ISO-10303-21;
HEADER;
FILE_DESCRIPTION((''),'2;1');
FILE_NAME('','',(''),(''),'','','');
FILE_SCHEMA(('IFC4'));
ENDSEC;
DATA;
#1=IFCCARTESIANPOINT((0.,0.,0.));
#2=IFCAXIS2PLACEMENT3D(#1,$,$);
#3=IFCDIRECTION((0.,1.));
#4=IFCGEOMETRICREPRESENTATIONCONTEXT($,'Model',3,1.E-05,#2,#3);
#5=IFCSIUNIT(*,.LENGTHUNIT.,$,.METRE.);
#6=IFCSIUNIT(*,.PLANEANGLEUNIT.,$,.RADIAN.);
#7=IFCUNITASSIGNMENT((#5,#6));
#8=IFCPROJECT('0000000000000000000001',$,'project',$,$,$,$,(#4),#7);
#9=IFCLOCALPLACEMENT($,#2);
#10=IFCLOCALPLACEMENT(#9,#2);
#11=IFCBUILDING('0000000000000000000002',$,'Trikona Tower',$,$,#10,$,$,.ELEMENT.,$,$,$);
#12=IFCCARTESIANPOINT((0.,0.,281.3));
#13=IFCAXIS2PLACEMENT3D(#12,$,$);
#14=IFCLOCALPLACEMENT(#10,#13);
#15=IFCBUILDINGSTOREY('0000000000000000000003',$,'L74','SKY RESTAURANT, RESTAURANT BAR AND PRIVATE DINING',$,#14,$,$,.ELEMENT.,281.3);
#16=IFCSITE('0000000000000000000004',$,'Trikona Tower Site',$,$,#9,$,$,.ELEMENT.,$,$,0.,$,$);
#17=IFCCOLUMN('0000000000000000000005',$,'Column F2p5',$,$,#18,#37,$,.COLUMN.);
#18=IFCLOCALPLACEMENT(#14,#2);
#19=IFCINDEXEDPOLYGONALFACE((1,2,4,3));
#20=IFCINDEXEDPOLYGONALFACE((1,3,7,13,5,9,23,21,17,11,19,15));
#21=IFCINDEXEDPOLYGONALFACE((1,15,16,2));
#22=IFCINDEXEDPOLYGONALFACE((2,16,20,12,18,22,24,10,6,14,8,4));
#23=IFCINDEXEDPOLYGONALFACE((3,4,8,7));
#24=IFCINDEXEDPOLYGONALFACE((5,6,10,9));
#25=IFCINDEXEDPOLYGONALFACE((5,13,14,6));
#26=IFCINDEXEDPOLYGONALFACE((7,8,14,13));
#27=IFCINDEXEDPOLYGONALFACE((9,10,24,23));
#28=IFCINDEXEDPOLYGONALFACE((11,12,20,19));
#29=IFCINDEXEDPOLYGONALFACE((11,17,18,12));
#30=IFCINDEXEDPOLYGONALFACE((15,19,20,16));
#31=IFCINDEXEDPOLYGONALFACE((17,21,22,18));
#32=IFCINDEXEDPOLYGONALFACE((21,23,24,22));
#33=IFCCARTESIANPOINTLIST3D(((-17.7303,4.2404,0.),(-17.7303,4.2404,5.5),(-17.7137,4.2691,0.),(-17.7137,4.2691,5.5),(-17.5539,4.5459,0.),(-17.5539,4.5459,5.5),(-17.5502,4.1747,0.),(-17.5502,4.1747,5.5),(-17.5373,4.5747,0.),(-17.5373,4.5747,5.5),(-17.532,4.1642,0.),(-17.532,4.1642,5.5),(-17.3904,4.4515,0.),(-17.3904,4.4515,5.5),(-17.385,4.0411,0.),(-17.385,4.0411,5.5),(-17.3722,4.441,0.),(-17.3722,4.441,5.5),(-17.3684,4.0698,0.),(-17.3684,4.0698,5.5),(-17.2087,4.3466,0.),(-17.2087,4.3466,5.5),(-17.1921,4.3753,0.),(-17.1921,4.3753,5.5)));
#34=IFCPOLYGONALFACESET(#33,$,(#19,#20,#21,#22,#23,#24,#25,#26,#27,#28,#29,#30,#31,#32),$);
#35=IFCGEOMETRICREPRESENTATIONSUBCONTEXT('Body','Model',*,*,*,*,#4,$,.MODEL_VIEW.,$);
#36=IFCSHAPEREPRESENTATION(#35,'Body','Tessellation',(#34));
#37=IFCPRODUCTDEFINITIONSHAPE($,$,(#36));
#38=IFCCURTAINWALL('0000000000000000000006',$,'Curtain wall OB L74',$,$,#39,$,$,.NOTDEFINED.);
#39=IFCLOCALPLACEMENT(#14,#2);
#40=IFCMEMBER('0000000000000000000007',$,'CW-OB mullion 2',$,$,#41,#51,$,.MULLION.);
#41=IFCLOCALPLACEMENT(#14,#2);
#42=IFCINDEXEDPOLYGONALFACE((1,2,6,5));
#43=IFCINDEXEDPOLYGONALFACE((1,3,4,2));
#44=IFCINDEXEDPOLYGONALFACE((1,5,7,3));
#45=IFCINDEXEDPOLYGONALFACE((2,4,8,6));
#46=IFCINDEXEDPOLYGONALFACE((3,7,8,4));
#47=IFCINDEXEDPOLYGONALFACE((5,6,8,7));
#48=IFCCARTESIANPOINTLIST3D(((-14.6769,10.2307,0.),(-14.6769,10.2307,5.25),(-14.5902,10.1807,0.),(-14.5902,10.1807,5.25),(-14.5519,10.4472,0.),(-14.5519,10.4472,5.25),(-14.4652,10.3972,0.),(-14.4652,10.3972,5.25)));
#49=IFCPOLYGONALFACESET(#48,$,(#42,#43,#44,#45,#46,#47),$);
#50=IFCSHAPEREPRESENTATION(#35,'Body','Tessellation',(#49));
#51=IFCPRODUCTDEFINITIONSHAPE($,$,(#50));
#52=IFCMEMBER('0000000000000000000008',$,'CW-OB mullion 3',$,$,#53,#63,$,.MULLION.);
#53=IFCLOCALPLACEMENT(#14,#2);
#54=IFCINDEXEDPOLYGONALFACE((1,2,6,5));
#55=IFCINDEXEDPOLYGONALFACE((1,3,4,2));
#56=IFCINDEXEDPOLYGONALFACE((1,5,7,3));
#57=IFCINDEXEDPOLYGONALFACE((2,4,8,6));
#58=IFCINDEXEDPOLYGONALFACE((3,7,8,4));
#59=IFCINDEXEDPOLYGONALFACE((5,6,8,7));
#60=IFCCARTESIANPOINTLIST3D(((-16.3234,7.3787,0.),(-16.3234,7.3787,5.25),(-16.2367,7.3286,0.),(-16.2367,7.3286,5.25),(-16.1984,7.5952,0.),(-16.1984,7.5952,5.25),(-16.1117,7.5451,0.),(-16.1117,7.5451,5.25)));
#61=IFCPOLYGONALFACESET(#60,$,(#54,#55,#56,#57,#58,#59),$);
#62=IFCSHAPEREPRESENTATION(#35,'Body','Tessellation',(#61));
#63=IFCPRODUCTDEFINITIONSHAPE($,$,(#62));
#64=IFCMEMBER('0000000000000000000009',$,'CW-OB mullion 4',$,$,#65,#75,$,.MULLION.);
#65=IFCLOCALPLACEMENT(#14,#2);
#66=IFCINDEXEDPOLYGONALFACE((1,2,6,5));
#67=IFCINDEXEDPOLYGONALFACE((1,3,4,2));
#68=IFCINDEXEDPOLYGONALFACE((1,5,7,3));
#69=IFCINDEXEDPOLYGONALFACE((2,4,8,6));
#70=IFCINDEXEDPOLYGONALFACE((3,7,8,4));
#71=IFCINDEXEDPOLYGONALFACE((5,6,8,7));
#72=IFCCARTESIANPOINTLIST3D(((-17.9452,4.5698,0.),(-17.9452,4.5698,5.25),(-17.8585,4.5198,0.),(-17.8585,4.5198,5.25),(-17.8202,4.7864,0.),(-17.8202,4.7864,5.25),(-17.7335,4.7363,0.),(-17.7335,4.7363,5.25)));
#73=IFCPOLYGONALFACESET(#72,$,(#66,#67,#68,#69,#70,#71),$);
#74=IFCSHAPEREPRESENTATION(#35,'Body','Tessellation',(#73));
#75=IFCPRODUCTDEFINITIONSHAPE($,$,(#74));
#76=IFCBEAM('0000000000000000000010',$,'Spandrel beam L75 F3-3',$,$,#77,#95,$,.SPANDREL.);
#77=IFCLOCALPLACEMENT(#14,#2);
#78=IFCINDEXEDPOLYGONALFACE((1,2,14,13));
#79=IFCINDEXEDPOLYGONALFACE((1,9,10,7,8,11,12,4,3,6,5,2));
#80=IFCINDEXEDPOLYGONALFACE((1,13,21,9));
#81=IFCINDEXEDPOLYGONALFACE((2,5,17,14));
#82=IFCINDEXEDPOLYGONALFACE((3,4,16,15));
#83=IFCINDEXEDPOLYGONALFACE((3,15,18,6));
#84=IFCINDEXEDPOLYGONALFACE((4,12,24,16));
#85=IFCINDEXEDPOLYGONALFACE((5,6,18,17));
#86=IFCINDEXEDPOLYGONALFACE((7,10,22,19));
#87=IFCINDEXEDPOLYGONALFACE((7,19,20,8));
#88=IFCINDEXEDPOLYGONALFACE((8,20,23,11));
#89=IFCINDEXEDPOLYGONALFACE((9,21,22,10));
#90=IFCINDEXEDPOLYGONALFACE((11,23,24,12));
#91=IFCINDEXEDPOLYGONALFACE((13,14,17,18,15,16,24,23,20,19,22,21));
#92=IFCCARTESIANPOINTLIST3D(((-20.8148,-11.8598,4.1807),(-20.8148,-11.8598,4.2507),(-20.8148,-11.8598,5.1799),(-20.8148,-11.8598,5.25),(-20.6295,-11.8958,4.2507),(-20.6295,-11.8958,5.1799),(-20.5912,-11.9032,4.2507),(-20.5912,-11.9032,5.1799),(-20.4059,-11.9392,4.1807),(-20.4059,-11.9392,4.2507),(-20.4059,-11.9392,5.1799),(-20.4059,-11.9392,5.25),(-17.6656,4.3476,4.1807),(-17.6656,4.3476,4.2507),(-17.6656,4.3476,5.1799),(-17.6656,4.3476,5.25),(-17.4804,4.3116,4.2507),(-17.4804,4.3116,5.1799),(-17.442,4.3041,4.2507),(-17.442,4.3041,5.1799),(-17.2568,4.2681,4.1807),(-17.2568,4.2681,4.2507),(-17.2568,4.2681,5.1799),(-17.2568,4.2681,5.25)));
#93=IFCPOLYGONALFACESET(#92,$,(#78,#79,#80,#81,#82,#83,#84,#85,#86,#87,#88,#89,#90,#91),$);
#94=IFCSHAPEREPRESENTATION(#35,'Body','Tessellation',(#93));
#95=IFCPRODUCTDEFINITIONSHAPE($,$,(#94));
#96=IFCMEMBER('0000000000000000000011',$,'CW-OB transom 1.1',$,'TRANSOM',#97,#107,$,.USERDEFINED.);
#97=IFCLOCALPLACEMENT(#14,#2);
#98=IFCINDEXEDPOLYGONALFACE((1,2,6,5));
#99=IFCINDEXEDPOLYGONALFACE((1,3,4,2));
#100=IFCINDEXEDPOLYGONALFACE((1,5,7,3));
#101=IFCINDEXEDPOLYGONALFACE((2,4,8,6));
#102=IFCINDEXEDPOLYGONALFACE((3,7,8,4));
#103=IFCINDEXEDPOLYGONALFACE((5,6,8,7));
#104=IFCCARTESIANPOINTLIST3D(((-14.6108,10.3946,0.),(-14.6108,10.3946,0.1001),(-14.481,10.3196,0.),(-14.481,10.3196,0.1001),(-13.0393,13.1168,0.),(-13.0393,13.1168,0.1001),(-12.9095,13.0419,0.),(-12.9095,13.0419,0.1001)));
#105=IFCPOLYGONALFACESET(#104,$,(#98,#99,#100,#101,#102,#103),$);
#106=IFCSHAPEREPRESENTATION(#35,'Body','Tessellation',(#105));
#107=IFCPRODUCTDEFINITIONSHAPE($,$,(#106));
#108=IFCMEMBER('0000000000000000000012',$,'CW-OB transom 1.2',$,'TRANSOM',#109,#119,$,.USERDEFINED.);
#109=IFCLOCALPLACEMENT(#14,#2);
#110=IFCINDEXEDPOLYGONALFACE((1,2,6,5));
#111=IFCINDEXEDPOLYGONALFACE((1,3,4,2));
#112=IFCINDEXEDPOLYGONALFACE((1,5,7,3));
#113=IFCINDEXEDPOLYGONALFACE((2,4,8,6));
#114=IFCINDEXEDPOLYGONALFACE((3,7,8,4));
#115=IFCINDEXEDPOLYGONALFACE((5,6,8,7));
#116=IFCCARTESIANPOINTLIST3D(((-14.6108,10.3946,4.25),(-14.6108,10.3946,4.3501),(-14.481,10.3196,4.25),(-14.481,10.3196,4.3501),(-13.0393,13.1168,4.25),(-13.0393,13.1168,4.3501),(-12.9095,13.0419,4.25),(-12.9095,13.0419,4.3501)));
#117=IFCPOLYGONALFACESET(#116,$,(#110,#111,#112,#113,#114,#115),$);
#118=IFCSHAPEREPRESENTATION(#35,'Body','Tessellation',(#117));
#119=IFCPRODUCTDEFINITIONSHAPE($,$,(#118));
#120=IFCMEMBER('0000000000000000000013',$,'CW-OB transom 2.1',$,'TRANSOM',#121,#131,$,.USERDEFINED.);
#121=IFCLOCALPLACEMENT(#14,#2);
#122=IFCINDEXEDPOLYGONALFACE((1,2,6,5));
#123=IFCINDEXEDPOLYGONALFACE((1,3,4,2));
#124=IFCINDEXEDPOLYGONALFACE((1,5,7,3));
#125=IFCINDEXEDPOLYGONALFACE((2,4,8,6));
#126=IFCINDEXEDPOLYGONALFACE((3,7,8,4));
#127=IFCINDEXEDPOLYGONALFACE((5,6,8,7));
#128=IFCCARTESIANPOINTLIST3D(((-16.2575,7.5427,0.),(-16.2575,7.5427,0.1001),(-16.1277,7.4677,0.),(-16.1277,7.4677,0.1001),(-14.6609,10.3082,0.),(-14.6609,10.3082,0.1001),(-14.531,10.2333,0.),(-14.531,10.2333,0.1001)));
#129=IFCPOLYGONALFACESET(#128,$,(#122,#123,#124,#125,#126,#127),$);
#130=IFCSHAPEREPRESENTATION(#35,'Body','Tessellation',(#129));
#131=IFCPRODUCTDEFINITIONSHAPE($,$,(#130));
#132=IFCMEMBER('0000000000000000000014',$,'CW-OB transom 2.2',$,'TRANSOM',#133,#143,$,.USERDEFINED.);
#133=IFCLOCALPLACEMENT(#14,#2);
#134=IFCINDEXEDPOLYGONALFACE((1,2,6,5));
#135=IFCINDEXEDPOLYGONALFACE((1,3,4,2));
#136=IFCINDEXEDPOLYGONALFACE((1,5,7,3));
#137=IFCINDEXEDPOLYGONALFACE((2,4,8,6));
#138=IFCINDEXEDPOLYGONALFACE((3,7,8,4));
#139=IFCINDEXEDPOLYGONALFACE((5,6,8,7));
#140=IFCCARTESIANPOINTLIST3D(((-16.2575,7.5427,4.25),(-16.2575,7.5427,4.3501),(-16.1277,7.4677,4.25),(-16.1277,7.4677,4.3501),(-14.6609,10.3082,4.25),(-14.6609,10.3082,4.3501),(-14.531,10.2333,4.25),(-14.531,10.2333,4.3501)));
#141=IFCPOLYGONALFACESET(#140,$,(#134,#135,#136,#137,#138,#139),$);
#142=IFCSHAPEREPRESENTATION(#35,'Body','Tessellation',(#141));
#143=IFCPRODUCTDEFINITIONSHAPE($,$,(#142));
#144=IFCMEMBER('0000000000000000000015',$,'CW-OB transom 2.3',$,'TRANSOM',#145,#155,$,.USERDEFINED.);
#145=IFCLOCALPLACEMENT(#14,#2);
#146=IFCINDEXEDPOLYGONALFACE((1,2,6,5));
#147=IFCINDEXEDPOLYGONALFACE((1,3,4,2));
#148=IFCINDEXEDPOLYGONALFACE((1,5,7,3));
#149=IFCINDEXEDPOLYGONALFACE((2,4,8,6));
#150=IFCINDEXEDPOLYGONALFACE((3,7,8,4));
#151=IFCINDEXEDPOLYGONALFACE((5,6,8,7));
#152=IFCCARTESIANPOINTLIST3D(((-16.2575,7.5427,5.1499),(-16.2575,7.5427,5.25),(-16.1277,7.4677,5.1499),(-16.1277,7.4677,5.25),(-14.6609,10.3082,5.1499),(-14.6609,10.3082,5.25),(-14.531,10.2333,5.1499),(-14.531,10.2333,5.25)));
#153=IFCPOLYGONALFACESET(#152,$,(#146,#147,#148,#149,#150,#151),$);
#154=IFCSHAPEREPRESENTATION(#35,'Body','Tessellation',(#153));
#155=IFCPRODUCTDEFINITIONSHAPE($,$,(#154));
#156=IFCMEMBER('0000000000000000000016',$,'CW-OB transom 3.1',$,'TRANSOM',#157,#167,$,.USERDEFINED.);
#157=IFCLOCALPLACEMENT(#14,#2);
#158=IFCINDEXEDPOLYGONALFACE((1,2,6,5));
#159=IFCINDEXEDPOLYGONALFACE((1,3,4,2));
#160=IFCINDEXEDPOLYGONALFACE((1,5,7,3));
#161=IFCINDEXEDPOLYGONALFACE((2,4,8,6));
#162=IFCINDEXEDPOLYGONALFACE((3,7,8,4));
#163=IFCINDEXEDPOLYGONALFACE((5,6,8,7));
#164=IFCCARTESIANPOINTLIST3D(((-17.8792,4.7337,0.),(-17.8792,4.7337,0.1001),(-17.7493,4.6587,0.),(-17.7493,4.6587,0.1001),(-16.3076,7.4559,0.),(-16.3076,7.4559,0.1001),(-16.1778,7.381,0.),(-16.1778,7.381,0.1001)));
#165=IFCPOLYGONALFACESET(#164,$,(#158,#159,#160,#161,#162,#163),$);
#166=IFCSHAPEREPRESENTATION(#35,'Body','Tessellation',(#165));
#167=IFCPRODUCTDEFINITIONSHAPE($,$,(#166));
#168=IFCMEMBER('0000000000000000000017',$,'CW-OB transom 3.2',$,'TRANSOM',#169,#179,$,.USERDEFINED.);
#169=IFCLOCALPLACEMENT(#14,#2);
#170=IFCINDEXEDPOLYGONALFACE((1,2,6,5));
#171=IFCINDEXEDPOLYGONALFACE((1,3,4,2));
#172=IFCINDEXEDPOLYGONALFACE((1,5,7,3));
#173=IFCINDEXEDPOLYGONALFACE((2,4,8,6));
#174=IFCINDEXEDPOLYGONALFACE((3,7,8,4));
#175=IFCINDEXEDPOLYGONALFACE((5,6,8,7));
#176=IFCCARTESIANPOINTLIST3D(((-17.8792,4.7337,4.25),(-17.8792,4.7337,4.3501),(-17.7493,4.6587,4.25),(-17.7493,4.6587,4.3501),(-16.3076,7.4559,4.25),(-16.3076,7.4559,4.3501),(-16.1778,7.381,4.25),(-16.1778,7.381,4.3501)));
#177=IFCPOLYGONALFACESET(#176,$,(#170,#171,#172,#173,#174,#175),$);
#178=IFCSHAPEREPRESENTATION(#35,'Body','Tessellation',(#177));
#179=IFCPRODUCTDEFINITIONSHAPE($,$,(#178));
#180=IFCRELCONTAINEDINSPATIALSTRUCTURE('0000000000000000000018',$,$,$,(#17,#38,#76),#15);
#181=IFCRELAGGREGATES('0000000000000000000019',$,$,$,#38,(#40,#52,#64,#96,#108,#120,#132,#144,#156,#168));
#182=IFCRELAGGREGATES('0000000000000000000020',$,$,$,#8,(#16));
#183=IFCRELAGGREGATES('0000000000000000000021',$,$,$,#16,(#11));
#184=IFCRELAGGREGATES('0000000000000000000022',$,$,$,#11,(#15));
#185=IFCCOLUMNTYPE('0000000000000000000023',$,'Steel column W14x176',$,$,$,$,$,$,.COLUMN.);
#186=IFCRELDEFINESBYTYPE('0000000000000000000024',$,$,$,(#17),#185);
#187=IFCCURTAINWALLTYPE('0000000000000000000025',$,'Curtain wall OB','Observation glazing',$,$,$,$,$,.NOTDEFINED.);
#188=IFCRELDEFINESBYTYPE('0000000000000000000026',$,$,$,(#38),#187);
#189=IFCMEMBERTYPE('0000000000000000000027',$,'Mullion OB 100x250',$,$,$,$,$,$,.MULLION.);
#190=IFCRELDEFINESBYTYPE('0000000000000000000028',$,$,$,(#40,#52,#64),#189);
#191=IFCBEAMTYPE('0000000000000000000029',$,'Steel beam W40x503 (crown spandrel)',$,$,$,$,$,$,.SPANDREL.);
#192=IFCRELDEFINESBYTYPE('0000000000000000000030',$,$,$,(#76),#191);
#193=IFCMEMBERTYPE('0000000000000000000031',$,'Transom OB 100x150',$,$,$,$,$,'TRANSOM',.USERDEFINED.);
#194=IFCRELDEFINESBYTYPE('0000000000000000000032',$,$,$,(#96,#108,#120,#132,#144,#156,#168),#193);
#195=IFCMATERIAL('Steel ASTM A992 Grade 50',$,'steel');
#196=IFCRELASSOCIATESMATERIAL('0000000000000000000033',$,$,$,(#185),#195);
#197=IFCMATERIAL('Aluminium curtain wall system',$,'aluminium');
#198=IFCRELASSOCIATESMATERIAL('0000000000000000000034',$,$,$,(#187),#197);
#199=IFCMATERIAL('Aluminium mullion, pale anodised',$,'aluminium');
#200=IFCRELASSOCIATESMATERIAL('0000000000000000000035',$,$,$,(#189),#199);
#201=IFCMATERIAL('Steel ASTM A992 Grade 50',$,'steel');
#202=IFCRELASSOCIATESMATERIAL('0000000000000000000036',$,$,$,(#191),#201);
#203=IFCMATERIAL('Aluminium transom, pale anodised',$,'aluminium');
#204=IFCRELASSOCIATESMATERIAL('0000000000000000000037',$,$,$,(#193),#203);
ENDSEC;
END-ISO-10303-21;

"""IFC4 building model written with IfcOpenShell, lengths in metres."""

from ifc_helpers import new_model, si_unit, direction, frame, origin, origin_2d, place, context, subcontext, project, spatial, rectangle, i_section, extrude, material, material_profile, profile_set, type_object, element, aggregate, save


model = new_model("IFC4")

# Units and contexts
model_context = context("Model", 3, precision=1e-05, world=origin(), true_north=direction((0.0, 1.0)))
body_context = subcontext(model_context, "Body", "Model", "MODEL_VIEW")
ifc_project = project(units=[si_unit("LENGTHUNIT", "METRE"), si_unit("PLANEANGLEUNIT", "RADIAN")], contexts=[model_context])

# Site, building, storey
site_placement = place(None, origin())
site = spatial("IfcSite", under=ifc_project, at=site_placement, Name="Trikona Tower Site", CompositionType="ELEMENT", RefElevation=0.0)
building_placement = place(site_placement, origin())
building = spatial("IfcBuilding", under=site, at=building_placement, Name="Trikona Tower", CompositionType="ELEMENT")
storey_placement = place(building_placement, frame((0.0, 0.0, 281.3)))
storey = spatial("IfcBuildingStorey", under=building, at=storey_placement, Name="L74", Description="SKY RESTAURANT, RESTAURANT BAR AND PRIVATE DINING", CompositionType="ELEMENT", Elevation=281.3)

# Column
ifc_material_1 = material(Name="Steel ASTM A992 Grade 50", Category="steel")
ifc_material_profile_1 = material_profile(ifc_material_1, i_section(OverallWidth=0.3987, OverallDepth=0.386, WebThickness=0.021, FlangeThickness=0.0332, at=origin_2d()), Name="W14X176")
ifc_profile_set_1 = profile_set([ifc_material_profile_1], Name="Steel ASTM A992 Grade 50")
column_type = type_object("IfcColumnType", Name="Steel column W14x176", PredefinedType="COLUMN", material=ifc_profile_set_1)
column_placement = place(storey_placement, frame((-17.4612, 4.3079, 0.0), z_axis=(0.0, 0.0, 1.0), x_axis=(-0.866025, 0.5, 0.0)))
element("IfcColumn", 1, at=column_placement, inside=storey, type_object=column_type, Name="Column F2p5", PredefinedType="COLUMN", context=body_context, shape_type="SweptSolid", body=[
    extrude(i_section(OverallWidth=0.3987, OverallDepth=0.386, WebThickness=0.021, FlangeThickness=0.0332, at=origin_2d()), origin(), (0.0, 0.0, 1.0), 5.5),
])

# Curtain wall, members
ifc_material_2 = material(Name="Aluminium curtain wall system", Category="aluminium")
curtain_wall_type = type_object("IfcCurtainWallType", Name="Curtain wall OB", Description="Observation glazing", PredefinedType="NOTDEFINED", material=ifc_material_2)
curtain_wall_placement = place(storey_placement, origin())
curtain_wall = element("IfcCurtainWall", 2, at=curtain_wall_placement, inside=storey, type_object=curtain_wall_type, Name="Curtain wall OB L74", PredefinedType="NOTDEFINED")
ifc_material_3 = material(Name="Aluminium mullion, pale anodised", Category="aluminium")
ifc_material_profile_2 = material_profile(ifc_material_3, rectangle(XDim=0.1001, YDim=0.25, at=origin_2d()), Name="MUL-OB")
ifc_profile_set_2 = profile_set([ifc_material_profile_2], Name="Aluminium mullion, pale anodised")
member_type_1 = type_object("IfcMemberType", Name="Mullion OB 100x250", PredefinedType="MULLION", material=ifc_profile_set_2)
member_1_placement = place(storey_placement, frame((-14.571, 10.314, 0.0), z_axis=(0.0, 0.0, 1.0), x_axis=(0.866022, -0.500006, 0.0)))
member_1 = element("IfcMember", 3, at=member_1_placement, type_object=member_type_1, Name="CW-OB mullion 2", PredefinedType="MULLION", context=body_context, shape_type="SweptSolid", body=[
    extrude(rectangle(XDim=0.1001, YDim=0.25, at=origin_2d()), origin(), (0.0, 0.0, 1.0), 5.25),
])
member_2_placement = place(storey_placement, frame((-16.2175, 7.4619, 0.0), z_axis=(0.0, 0.0, 1.0), x_axis=(0.866022, -0.500006, 0.0)))
member_2 = element("IfcMember", 4, at=member_2_placement, type_object=member_type_1, Name="CW-OB mullion 3", PredefinedType="MULLION", context=body_context, shape_type="SweptSolid", body=[
    extrude(rectangle(XDim=0.1001, YDim=0.25, at=origin_2d()), origin(), (0.0, 0.0, 1.0), 5.25),
])
member_3_placement = place(storey_placement, frame((-17.8394, 4.6531, 0.0), z_axis=(0.0, 0.0, 1.0), x_axis=(0.866022, -0.500006, 0.0)))
member_3 = element("IfcMember", 5, at=member_3_placement, type_object=member_type_1, Name="CW-OB mullion 4", PredefinedType="MULLION", context=body_context, shape_type="SweptSolid", body=[
    extrude(rectangle(XDim=0.1001, YDim=0.25, at=origin_2d()), origin(), (0.0, 0.0, 1.0), 5.25),
])

# Beam
ifc_material_4 = material(Name="Steel ASTM A992 Grade 50", Category="steel")
ifc_material_profile_3 = material_profile(ifc_material_4, i_section(OverallWidth=0.4165, OverallDepth=1.0693, WebThickness=0.0391, FlangeThickness=0.0701, at=origin_2d()), Name="W40X503")
ifc_profile_set_3 = profile_set([ifc_material_profile_3], Name="Steel ASTM A992 Grade 50")
beam_type = type_object("IfcBeamType", Name="Steel beam W40x503 (crown spandrel)", PredefinedType="SPANDREL", material=ifc_profile_set_3)
beam_placement = place(storey_placement, frame((-17.4612, 4.3079, 4.7153), z_axis=(-0.190739, -0.981641, 0.0), x_axis=(0.981641, -0.190739, 0.0)))
element("IfcBeam", 6, at=beam_placement, inside=storey, type_object=beam_type, Name="Spandrel beam L75 F3-3", PredefinedType="SPANDREL", context=body_context, shape_type="SweptSolid", body=[
    extrude(i_section(OverallWidth=0.4165, OverallDepth=1.0693, WebThickness=0.0391, FlangeThickness=0.0701, at=origin_2d()), origin(), (0.0, 0.0, 1.0), 16.5105),
])

# Members
ifc_material_5 = material(Name="Aluminium transom, pale anodised", Category="aluminium")
ifc_material_profile_4 = material_profile(ifc_material_5, rectangle(XDim=0.1499, YDim=0.1001, at=origin_2d()), Name="TRN-OB")
ifc_profile_set_4 = profile_set([ifc_material_profile_4], Name="Aluminium transom, pale anodised")
member_type_2 = type_object("IfcMemberType", Name="Transom OB 100x150", ElementType="TRANSOM", PredefinedType="USERDEFINED", material=ifc_profile_set_4)
member_4_placement = place(storey_placement, frame((-12.9744, 13.0793, 0.05), z_axis=(-0.499973, -0.866041, 0.0), x_axis=(0.866041, -0.499973, 0.0)))
member_4 = element("IfcMember", 7, at=member_4_placement, type_object=member_type_2, Name="CW-OB transom 1.1", ObjectType="TRANSOM", PredefinedType="USERDEFINED", context=body_context, shape_type="SweptSolid", body=[
    extrude(rectangle(XDim=0.1499, YDim=0.1001, at=origin_2d()), origin(), (0.0, 0.0, 1.0), 3.1433),
])
member_5_placement = place(storey_placement, frame((-12.9744, 13.0793, 4.3), z_axis=(-0.499973, -0.866041, 0.0), x_axis=(0.866041, -0.499973, 0.0)))
member_5 = element("IfcMember", 8, at=member_5_placement, type_object=member_type_2, Name="CW-OB transom 1.2", ObjectType="TRANSOM", PredefinedType="USERDEFINED", context=body_context, shape_type="SweptSolid", body=[
    extrude(rectangle(XDim=0.1499, YDim=0.1001, at=origin_2d()), origin(), (0.0, 0.0, 1.0), 3.1433),
])
member_6_placement = place(storey_placement, frame((-14.5959, 10.2708, 0.05), z_axis=(-0.499987, -0.866033, 0.0), x_axis=(0.866033, -0.499987, 0.0)))
member_6 = element("IfcMember", 9, at=member_6_placement, type_object=member_type_2, Name="CW-OB transom 2.1", ObjectType="TRANSOM", PredefinedType="USERDEFINED", context=body_context, shape_type="SweptSolid", body=[
    extrude(rectangle(XDim=0.1499, YDim=0.1001, at=origin_2d()), origin(), (0.0, 0.0, 1.0), 3.1934),
])
member_7_placement = place(storey_placement, frame((-14.5959, 10.2708, 4.3), z_axis=(-0.499987, -0.866033, 0.0), x_axis=(0.866033, -0.499987, 0.0)))
member_7 = element("IfcMember", 10, at=member_7_placement, type_object=member_type_2, Name="CW-OB transom 2.2", ObjectType="TRANSOM", PredefinedType="USERDEFINED", context=body_context, shape_type="SweptSolid", body=[
    extrude(rectangle(XDim=0.1499, YDim=0.1001, at=origin_2d()), origin(), (0.0, 0.0, 1.0), 3.1934),
])
member_8_placement = place(storey_placement, frame((-14.5959, 10.2708, 5.2), z_axis=(-0.499987, -0.866033, 0.0), x_axis=(0.866033, -0.499987, 0.0)))
member_8 = element("IfcMember", 11, at=member_8_placement, type_object=member_type_2, Name="CW-OB transom 2.3", ObjectType="TRANSOM", PredefinedType="USERDEFINED", context=body_context, shape_type="SweptSolid", body=[
    extrude(rectangle(XDim=0.1499, YDim=0.1001, at=origin_2d()), origin(), (0.0, 0.0, 1.0), 3.1934),
])
member_9_placement = place(storey_placement, frame((-16.2427, 7.4185, 0.05), z_axis=(-0.499973, -0.866041, 0.0), x_axis=(0.866041, -0.499973, 0.0)))
member_9 = element("IfcMember", 12, at=member_9_placement, type_object=member_type_2, Name="CW-OB transom 3.1", ObjectType="TRANSOM", PredefinedType="USERDEFINED", context=body_context, shape_type="SweptSolid", body=[
    extrude(rectangle(XDim=0.1499, YDim=0.1001, at=origin_2d()), origin(), (0.0, 0.0, 1.0), 3.1433),
])
member_10_placement = place(storey_placement, frame((-16.2427, 7.4185, 4.3), z_axis=(-0.499973, -0.866041, 0.0), x_axis=(0.866041, -0.499973, 0.0)))
member_10 = element("IfcMember", 13, at=member_10_placement, type_object=member_type_2, Name="CW-OB transom 3.2", ObjectType="TRANSOM", PredefinedType="USERDEFINED", context=body_context, shape_type="SweptSolid", body=[
    extrude(rectangle(XDim=0.1499, YDim=0.1001, at=origin_2d()), origin(), (0.0, 0.0, 1.0), 3.1433),
])

aggregate(curtain_wall, [member_1, member_2, member_3, member_4, member_5, member_6, member_7, member_8, member_9, member_10])

save(model, "model.ifc")
